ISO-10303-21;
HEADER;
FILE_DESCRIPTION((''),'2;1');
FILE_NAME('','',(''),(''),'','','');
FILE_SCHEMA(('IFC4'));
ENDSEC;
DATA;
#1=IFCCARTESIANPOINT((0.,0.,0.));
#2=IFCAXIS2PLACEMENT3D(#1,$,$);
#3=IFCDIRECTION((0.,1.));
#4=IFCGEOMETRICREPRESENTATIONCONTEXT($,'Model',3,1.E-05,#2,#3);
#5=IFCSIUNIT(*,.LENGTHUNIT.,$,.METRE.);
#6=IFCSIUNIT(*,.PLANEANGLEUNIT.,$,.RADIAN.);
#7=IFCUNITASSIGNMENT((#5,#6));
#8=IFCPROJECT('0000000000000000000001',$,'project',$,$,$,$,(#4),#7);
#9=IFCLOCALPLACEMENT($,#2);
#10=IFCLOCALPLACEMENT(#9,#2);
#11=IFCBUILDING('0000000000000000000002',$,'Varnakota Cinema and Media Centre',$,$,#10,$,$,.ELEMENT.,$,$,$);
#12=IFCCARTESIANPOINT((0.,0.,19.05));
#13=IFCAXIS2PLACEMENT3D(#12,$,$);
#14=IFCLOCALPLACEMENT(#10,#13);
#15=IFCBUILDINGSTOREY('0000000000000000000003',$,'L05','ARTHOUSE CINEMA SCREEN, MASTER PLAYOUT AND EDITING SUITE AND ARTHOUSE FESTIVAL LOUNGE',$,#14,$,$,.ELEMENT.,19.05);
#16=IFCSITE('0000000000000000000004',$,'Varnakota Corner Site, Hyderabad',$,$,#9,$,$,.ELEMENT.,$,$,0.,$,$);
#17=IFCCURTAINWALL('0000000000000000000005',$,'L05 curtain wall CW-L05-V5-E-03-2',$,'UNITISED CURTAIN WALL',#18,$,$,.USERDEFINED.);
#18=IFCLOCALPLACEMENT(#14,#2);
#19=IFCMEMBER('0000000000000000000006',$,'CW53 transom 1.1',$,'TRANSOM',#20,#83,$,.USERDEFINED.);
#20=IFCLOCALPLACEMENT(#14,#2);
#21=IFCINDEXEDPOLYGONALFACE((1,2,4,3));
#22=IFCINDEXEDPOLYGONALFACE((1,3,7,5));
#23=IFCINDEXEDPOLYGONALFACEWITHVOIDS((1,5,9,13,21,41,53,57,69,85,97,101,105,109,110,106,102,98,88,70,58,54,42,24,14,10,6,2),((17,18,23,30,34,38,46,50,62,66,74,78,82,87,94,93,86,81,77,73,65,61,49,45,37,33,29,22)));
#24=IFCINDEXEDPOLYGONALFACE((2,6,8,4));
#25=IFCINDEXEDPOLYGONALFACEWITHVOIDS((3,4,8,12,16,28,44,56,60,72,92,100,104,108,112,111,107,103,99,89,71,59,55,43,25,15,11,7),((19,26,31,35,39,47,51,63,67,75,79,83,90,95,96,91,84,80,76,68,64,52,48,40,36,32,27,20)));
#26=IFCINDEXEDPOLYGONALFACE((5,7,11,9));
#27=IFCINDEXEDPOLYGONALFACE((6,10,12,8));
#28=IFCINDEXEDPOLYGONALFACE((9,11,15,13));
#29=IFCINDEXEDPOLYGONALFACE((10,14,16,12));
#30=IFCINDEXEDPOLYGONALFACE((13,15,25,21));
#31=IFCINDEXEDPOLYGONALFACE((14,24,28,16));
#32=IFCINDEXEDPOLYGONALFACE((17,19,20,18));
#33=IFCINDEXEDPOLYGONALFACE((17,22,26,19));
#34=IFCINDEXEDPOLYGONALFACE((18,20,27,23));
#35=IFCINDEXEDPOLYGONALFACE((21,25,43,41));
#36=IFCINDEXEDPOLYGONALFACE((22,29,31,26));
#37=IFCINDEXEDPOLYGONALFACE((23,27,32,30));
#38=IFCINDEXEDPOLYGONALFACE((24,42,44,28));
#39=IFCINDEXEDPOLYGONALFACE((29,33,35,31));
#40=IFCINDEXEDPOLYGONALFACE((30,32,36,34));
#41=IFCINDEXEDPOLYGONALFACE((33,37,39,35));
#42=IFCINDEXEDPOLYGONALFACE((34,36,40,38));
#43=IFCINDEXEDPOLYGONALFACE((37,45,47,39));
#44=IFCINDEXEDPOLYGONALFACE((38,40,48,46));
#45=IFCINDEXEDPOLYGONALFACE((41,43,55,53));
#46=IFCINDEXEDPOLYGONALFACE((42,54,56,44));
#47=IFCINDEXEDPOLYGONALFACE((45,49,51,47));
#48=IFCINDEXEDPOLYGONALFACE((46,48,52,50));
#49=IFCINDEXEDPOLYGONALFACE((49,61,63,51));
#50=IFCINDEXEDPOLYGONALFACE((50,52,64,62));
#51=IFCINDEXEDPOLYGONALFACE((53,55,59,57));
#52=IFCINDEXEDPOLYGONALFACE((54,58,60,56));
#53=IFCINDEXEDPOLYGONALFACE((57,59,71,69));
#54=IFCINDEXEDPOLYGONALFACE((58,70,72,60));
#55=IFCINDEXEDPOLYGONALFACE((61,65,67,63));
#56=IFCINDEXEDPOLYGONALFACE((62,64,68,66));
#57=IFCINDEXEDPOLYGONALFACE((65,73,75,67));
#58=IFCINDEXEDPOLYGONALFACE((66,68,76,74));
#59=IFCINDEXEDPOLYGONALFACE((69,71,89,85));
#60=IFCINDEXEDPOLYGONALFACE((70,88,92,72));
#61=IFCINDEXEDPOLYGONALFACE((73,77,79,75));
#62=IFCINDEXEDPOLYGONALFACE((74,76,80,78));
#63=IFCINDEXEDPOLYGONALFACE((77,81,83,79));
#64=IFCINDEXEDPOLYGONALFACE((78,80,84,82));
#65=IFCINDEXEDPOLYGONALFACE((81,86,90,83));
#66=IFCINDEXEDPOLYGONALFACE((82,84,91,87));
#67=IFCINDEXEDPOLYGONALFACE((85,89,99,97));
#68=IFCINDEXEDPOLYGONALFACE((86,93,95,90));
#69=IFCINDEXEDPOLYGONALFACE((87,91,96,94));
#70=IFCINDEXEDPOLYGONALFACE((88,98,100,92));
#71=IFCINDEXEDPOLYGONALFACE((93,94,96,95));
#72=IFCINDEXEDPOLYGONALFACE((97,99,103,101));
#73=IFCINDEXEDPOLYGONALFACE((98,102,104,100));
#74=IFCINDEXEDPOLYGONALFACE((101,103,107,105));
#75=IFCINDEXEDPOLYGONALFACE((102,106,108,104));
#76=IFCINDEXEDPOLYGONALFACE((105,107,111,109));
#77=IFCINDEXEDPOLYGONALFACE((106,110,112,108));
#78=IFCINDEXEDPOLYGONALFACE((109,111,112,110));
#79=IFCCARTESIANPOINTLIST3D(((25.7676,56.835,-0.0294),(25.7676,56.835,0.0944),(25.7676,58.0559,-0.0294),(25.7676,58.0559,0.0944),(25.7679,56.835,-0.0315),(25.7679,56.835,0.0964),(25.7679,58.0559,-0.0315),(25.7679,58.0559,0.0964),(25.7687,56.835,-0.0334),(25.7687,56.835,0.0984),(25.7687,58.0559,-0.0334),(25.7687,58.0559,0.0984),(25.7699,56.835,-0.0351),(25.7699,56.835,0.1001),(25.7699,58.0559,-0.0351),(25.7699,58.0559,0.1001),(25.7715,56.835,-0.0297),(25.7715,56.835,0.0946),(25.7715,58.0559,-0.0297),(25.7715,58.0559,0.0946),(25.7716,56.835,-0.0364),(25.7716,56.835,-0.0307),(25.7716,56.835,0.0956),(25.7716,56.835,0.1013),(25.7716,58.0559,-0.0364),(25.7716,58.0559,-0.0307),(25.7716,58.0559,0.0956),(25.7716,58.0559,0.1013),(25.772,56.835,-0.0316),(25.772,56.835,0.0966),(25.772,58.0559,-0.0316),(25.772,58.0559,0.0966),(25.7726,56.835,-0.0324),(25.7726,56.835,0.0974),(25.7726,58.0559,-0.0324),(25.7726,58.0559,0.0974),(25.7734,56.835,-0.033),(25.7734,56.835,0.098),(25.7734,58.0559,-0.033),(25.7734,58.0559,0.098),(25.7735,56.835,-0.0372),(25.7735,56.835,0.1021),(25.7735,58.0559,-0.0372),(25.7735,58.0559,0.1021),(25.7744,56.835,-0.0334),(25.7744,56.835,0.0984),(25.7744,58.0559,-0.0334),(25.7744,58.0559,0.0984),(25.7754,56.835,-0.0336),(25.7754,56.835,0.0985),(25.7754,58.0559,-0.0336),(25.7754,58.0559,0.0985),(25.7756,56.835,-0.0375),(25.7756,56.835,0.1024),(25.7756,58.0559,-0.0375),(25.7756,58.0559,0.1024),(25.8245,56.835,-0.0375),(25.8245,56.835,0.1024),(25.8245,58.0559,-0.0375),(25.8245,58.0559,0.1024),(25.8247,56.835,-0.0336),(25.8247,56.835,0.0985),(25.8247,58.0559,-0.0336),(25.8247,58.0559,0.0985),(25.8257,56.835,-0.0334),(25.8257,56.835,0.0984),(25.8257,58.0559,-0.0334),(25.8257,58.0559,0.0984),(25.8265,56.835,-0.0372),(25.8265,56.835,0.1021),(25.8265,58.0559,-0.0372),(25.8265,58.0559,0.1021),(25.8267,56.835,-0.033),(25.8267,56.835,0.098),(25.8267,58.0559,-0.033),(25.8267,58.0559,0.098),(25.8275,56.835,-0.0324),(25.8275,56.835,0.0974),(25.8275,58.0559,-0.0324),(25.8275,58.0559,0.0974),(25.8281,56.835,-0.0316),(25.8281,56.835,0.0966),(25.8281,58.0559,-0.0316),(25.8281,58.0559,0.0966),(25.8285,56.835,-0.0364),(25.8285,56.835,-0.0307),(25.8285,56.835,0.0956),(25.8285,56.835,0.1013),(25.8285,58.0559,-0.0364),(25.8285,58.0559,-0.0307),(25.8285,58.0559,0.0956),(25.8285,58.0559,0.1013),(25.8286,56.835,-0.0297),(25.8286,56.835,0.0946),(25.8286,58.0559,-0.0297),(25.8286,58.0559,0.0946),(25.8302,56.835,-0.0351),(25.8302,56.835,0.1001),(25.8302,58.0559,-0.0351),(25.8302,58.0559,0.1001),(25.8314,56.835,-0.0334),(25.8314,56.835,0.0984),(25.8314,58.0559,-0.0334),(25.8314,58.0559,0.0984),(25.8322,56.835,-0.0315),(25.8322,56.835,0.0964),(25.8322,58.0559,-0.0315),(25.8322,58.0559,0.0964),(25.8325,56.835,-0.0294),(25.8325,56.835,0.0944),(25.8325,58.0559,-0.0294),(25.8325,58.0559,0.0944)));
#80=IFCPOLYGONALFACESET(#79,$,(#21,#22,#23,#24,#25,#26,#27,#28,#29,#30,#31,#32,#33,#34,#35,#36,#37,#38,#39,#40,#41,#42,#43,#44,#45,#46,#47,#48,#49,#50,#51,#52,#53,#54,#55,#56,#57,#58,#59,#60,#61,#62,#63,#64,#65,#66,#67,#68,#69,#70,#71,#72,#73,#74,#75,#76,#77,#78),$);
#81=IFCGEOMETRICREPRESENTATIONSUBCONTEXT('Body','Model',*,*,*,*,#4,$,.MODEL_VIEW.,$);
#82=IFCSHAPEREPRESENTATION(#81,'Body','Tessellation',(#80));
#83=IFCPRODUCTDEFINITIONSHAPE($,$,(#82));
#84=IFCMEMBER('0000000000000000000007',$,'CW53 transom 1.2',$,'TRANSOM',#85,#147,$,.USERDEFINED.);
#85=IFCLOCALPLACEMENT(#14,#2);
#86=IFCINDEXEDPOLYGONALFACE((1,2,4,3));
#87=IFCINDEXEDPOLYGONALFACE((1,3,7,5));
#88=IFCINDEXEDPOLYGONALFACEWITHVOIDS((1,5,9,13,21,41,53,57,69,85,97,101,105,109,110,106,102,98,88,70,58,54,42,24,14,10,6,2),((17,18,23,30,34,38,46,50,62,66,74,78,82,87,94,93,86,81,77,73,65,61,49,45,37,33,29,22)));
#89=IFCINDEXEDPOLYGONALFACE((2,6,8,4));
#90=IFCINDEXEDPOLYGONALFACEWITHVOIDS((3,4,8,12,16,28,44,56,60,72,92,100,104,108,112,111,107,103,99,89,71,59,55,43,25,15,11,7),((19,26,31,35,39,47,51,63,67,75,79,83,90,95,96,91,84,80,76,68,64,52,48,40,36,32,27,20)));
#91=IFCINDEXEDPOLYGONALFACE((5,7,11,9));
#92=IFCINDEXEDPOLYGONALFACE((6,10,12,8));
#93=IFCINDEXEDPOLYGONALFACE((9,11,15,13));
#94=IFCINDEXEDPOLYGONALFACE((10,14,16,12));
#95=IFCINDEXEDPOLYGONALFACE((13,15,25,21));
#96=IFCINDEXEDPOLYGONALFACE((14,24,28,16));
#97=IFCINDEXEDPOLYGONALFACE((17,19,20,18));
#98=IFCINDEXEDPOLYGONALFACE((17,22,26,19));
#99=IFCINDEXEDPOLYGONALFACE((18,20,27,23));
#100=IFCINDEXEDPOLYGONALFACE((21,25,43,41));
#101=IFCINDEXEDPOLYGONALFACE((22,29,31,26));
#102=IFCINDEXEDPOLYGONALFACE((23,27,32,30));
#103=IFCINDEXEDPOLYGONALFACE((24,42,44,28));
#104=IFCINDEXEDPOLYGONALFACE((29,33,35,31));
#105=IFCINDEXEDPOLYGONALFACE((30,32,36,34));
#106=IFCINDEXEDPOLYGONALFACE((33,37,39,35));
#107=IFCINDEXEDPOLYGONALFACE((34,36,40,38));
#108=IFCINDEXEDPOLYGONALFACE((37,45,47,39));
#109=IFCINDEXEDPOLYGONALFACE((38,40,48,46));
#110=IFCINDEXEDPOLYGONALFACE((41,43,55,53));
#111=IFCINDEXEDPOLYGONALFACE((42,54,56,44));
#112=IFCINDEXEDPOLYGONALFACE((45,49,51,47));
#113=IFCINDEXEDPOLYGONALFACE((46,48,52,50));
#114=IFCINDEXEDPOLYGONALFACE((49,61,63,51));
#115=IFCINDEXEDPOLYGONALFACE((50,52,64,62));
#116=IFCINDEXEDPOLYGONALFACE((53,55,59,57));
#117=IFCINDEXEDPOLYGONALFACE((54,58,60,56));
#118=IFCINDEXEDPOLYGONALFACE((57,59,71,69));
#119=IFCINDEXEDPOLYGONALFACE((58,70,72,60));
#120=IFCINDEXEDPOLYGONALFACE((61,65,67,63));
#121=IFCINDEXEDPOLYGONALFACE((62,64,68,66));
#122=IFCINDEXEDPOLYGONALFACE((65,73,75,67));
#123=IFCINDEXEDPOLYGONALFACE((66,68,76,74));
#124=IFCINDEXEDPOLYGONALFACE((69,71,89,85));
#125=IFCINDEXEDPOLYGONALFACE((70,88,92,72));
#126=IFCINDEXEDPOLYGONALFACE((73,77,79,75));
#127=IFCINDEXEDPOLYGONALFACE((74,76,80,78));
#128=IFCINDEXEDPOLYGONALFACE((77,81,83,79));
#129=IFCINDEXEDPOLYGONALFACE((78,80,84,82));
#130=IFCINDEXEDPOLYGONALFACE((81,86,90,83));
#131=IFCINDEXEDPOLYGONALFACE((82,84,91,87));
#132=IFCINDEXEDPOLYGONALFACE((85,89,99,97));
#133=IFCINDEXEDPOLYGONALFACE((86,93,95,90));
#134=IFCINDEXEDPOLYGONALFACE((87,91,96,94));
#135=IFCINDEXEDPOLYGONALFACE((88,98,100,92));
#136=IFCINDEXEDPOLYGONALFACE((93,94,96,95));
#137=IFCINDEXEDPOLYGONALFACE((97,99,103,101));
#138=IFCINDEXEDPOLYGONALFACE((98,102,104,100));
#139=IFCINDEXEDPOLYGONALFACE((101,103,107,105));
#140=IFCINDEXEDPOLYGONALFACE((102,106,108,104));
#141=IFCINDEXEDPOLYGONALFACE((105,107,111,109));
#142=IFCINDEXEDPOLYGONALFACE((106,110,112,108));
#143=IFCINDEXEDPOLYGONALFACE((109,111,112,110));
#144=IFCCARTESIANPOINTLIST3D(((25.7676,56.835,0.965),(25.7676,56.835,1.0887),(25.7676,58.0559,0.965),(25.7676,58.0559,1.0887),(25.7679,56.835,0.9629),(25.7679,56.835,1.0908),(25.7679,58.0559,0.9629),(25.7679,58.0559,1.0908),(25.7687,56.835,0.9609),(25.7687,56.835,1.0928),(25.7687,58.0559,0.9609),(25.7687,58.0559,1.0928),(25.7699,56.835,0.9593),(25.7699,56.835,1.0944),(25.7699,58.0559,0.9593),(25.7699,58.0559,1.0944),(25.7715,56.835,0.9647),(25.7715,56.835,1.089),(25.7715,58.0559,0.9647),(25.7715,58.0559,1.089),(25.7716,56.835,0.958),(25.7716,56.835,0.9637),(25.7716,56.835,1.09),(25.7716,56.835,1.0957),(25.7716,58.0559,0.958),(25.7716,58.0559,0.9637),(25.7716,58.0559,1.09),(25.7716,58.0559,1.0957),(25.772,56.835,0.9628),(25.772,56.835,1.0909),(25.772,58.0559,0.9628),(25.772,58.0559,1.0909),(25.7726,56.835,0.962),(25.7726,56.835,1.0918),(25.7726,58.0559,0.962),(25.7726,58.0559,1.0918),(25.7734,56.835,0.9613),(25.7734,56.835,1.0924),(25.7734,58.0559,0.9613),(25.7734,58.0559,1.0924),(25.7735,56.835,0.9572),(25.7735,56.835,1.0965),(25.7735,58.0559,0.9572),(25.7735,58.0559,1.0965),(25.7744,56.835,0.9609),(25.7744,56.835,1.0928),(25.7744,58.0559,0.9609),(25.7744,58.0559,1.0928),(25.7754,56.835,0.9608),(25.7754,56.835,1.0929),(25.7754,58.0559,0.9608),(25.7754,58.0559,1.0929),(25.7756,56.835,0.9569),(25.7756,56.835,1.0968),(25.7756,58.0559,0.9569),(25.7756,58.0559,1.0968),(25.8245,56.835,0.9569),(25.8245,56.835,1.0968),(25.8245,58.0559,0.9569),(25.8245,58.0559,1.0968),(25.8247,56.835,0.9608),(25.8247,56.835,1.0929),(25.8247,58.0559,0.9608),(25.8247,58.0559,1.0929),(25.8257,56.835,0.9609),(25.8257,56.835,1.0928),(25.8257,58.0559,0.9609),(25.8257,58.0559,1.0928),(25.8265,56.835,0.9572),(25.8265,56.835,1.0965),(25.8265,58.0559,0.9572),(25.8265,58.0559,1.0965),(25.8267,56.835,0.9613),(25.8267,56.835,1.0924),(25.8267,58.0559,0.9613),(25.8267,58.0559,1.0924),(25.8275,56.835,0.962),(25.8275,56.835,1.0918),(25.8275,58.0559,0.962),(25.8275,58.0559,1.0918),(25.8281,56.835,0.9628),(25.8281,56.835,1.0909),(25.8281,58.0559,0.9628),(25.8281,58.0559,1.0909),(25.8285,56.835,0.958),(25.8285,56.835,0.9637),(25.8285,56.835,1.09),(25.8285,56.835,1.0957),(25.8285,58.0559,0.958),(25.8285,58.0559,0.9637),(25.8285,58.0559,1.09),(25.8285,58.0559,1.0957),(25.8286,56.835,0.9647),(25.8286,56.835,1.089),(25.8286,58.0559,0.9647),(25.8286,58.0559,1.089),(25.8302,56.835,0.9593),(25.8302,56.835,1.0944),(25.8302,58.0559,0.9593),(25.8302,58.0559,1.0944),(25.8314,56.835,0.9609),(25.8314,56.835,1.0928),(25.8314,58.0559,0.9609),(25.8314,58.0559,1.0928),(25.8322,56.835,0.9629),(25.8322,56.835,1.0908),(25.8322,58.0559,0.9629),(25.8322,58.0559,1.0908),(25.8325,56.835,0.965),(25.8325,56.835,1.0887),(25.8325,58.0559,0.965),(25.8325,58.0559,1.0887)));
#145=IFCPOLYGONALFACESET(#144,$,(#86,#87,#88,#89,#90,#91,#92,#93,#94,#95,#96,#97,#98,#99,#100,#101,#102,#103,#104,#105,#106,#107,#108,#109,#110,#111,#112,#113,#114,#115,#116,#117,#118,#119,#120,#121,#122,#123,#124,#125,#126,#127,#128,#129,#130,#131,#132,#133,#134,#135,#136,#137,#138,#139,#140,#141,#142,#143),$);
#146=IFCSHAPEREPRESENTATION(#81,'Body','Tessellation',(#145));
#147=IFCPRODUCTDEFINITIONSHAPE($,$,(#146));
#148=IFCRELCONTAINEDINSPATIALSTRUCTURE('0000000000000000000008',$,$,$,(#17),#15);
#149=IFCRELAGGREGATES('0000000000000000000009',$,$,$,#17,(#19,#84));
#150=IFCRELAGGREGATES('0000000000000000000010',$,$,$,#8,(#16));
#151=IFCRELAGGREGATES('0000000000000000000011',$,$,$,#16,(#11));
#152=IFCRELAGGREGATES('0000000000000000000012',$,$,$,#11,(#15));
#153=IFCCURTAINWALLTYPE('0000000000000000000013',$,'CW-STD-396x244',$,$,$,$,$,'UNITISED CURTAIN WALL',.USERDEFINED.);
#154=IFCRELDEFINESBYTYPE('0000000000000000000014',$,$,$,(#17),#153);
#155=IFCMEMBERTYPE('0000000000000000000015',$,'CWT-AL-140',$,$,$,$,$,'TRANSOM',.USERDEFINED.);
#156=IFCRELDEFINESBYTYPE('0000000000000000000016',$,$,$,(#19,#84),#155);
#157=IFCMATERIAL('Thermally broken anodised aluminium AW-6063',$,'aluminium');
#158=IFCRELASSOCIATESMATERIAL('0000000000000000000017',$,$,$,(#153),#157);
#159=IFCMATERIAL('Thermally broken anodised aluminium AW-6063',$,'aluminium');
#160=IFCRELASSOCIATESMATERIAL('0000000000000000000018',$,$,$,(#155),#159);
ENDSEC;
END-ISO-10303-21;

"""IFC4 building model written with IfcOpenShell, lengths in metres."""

from ifc_helpers import new_model, si_unit, direction, frame, origin, origin_2d, place, context, subcontext, project, spatial, hollow_rectangle, extrude, material, material_profile, profile_set, type_object, element, aggregate, save


model = new_model("IFC4")

# Units and contexts
model_context = context("Model", 3, precision=1e-05, world=origin(), true_north=direction((0.0, 1.0)))
body_context = subcontext(model_context, "Body", "Model", "MODEL_VIEW")
ifc_project = project(units=[si_unit("LENGTHUNIT", "METRE"), si_unit("PLANEANGLEUNIT", "RADIAN")], contexts=[model_context])

# Site, building, storey
site_placement = place(None, origin())
site = spatial("IfcSite", under=ifc_project, at=site_placement, Name="Varnakota Corner Site, Hyderabad", CompositionType="ELEMENT", RefElevation=0.0)
building_placement = place(site_placement, origin())
building = spatial("IfcBuilding", under=site, at=building_placement, Name="Varnakota Cinema and Media Centre", CompositionType="ELEMENT")
storey_placement = place(building_placement, frame((0.0, 0.0, 19.05)))
storey = spatial("IfcBuildingStorey", under=building, at=storey_placement, Name="L05", Description="ARTHOUSE CINEMA SCREEN, MASTER PLAYOUT AND EDITING SUITE AND ARTHOUSE FESTIVAL LOUNGE", CompositionType="ELEMENT", Elevation=19.05)

# Shared definitions
ifc_material_1 = material(Name="Thermally broken anodised aluminium AW-6063", Category="aluminium")
curtain_wall_type = type_object("IfcCurtainWallType", Name="CW-STD-396x244", ElementType="UNITISED CURTAIN WALL", PredefinedType="USERDEFINED", material=ifc_material_1)

# Curtain wall
curtain_wall_1_placement = place(storey_placement, origin())
curtain_wall_1 = element("IfcCurtainWall", 1, at=curtain_wall_1_placement, inside=storey, type_object=curtain_wall_type, Name="L05 curtain wall CW-L05-V5-E-03-2", ObjectType="UNITISED CURTAIN WALL", PredefinedType="USERDEFINED")

# Members
ifc_material_2 = material(Name="Thermally broken anodised aluminium AW-6063", Category="aluminium")
ifc_material_profile_1 = material_profile(ifc_material_2, hollow_rectangle(XDim=0.0649, YDim=0.1399, WallThickness=0.0039, InnerFilletRadius=0.0039, OuterFilletRadius=0.0081, at=origin_2d()), Name="AL-TRANSOM 140x65x4")
ifc_profile_set_1 = profile_set([ifc_material_profile_1], Name="Thermally broken anodised aluminium AW-6063")
member_type_1 = type_object("IfcMemberType", Name="CWT-AL-140", ElementType="TRANSOM", PredefinedType="USERDEFINED", material=ifc_profile_set_1)
member_1_placement = place(storey_placement, frame((25.8, 56.835, 0.0325), z_axis=(0.0, 1.0, 0.0), x_axis=(-1.0, 0.0, 0.0)))
member_1 = element("IfcMember", 2, at=member_1_placement, type_object=member_type_1, Name="CW53 transom 1.1", ObjectType="TRANSOM", PredefinedType="USERDEFINED", context=body_context, shape_type="SweptSolid", body=[
    extrude(hollow_rectangle(XDim=0.0649, YDim=0.1399, WallThickness=0.0039, InnerFilletRadius=0.0039, OuterFilletRadius=0.0081, at=origin_2d()), origin(), (0.0, 0.0, 1.0), 1.2209),
])
member_2_placement = place(storey_placement, frame((25.8, 56.835, 1.0269), z_axis=(0.0, 1.0, 0.0), x_axis=(-1.0, 0.0, 0.0)))
member_2 = element("IfcMember", 3, at=member_2_placement, type_object=member_type_1, Name="CW53 transom 1.2", ObjectType="TRANSOM", PredefinedType="USERDEFINED", context=body_context, shape_type="SweptSolid", body=[
    extrude(hollow_rectangle(XDim=0.0649, YDim=0.1399, WallThickness=0.0039, InnerFilletRadius=0.0039, OuterFilletRadius=0.0081, at=origin_2d()), origin(), (0.0, 0.0, 1.0), 1.2209),
])

aggregate(curtain_wall_1, [member_1, member_2])

save(model, "model.ifc")
